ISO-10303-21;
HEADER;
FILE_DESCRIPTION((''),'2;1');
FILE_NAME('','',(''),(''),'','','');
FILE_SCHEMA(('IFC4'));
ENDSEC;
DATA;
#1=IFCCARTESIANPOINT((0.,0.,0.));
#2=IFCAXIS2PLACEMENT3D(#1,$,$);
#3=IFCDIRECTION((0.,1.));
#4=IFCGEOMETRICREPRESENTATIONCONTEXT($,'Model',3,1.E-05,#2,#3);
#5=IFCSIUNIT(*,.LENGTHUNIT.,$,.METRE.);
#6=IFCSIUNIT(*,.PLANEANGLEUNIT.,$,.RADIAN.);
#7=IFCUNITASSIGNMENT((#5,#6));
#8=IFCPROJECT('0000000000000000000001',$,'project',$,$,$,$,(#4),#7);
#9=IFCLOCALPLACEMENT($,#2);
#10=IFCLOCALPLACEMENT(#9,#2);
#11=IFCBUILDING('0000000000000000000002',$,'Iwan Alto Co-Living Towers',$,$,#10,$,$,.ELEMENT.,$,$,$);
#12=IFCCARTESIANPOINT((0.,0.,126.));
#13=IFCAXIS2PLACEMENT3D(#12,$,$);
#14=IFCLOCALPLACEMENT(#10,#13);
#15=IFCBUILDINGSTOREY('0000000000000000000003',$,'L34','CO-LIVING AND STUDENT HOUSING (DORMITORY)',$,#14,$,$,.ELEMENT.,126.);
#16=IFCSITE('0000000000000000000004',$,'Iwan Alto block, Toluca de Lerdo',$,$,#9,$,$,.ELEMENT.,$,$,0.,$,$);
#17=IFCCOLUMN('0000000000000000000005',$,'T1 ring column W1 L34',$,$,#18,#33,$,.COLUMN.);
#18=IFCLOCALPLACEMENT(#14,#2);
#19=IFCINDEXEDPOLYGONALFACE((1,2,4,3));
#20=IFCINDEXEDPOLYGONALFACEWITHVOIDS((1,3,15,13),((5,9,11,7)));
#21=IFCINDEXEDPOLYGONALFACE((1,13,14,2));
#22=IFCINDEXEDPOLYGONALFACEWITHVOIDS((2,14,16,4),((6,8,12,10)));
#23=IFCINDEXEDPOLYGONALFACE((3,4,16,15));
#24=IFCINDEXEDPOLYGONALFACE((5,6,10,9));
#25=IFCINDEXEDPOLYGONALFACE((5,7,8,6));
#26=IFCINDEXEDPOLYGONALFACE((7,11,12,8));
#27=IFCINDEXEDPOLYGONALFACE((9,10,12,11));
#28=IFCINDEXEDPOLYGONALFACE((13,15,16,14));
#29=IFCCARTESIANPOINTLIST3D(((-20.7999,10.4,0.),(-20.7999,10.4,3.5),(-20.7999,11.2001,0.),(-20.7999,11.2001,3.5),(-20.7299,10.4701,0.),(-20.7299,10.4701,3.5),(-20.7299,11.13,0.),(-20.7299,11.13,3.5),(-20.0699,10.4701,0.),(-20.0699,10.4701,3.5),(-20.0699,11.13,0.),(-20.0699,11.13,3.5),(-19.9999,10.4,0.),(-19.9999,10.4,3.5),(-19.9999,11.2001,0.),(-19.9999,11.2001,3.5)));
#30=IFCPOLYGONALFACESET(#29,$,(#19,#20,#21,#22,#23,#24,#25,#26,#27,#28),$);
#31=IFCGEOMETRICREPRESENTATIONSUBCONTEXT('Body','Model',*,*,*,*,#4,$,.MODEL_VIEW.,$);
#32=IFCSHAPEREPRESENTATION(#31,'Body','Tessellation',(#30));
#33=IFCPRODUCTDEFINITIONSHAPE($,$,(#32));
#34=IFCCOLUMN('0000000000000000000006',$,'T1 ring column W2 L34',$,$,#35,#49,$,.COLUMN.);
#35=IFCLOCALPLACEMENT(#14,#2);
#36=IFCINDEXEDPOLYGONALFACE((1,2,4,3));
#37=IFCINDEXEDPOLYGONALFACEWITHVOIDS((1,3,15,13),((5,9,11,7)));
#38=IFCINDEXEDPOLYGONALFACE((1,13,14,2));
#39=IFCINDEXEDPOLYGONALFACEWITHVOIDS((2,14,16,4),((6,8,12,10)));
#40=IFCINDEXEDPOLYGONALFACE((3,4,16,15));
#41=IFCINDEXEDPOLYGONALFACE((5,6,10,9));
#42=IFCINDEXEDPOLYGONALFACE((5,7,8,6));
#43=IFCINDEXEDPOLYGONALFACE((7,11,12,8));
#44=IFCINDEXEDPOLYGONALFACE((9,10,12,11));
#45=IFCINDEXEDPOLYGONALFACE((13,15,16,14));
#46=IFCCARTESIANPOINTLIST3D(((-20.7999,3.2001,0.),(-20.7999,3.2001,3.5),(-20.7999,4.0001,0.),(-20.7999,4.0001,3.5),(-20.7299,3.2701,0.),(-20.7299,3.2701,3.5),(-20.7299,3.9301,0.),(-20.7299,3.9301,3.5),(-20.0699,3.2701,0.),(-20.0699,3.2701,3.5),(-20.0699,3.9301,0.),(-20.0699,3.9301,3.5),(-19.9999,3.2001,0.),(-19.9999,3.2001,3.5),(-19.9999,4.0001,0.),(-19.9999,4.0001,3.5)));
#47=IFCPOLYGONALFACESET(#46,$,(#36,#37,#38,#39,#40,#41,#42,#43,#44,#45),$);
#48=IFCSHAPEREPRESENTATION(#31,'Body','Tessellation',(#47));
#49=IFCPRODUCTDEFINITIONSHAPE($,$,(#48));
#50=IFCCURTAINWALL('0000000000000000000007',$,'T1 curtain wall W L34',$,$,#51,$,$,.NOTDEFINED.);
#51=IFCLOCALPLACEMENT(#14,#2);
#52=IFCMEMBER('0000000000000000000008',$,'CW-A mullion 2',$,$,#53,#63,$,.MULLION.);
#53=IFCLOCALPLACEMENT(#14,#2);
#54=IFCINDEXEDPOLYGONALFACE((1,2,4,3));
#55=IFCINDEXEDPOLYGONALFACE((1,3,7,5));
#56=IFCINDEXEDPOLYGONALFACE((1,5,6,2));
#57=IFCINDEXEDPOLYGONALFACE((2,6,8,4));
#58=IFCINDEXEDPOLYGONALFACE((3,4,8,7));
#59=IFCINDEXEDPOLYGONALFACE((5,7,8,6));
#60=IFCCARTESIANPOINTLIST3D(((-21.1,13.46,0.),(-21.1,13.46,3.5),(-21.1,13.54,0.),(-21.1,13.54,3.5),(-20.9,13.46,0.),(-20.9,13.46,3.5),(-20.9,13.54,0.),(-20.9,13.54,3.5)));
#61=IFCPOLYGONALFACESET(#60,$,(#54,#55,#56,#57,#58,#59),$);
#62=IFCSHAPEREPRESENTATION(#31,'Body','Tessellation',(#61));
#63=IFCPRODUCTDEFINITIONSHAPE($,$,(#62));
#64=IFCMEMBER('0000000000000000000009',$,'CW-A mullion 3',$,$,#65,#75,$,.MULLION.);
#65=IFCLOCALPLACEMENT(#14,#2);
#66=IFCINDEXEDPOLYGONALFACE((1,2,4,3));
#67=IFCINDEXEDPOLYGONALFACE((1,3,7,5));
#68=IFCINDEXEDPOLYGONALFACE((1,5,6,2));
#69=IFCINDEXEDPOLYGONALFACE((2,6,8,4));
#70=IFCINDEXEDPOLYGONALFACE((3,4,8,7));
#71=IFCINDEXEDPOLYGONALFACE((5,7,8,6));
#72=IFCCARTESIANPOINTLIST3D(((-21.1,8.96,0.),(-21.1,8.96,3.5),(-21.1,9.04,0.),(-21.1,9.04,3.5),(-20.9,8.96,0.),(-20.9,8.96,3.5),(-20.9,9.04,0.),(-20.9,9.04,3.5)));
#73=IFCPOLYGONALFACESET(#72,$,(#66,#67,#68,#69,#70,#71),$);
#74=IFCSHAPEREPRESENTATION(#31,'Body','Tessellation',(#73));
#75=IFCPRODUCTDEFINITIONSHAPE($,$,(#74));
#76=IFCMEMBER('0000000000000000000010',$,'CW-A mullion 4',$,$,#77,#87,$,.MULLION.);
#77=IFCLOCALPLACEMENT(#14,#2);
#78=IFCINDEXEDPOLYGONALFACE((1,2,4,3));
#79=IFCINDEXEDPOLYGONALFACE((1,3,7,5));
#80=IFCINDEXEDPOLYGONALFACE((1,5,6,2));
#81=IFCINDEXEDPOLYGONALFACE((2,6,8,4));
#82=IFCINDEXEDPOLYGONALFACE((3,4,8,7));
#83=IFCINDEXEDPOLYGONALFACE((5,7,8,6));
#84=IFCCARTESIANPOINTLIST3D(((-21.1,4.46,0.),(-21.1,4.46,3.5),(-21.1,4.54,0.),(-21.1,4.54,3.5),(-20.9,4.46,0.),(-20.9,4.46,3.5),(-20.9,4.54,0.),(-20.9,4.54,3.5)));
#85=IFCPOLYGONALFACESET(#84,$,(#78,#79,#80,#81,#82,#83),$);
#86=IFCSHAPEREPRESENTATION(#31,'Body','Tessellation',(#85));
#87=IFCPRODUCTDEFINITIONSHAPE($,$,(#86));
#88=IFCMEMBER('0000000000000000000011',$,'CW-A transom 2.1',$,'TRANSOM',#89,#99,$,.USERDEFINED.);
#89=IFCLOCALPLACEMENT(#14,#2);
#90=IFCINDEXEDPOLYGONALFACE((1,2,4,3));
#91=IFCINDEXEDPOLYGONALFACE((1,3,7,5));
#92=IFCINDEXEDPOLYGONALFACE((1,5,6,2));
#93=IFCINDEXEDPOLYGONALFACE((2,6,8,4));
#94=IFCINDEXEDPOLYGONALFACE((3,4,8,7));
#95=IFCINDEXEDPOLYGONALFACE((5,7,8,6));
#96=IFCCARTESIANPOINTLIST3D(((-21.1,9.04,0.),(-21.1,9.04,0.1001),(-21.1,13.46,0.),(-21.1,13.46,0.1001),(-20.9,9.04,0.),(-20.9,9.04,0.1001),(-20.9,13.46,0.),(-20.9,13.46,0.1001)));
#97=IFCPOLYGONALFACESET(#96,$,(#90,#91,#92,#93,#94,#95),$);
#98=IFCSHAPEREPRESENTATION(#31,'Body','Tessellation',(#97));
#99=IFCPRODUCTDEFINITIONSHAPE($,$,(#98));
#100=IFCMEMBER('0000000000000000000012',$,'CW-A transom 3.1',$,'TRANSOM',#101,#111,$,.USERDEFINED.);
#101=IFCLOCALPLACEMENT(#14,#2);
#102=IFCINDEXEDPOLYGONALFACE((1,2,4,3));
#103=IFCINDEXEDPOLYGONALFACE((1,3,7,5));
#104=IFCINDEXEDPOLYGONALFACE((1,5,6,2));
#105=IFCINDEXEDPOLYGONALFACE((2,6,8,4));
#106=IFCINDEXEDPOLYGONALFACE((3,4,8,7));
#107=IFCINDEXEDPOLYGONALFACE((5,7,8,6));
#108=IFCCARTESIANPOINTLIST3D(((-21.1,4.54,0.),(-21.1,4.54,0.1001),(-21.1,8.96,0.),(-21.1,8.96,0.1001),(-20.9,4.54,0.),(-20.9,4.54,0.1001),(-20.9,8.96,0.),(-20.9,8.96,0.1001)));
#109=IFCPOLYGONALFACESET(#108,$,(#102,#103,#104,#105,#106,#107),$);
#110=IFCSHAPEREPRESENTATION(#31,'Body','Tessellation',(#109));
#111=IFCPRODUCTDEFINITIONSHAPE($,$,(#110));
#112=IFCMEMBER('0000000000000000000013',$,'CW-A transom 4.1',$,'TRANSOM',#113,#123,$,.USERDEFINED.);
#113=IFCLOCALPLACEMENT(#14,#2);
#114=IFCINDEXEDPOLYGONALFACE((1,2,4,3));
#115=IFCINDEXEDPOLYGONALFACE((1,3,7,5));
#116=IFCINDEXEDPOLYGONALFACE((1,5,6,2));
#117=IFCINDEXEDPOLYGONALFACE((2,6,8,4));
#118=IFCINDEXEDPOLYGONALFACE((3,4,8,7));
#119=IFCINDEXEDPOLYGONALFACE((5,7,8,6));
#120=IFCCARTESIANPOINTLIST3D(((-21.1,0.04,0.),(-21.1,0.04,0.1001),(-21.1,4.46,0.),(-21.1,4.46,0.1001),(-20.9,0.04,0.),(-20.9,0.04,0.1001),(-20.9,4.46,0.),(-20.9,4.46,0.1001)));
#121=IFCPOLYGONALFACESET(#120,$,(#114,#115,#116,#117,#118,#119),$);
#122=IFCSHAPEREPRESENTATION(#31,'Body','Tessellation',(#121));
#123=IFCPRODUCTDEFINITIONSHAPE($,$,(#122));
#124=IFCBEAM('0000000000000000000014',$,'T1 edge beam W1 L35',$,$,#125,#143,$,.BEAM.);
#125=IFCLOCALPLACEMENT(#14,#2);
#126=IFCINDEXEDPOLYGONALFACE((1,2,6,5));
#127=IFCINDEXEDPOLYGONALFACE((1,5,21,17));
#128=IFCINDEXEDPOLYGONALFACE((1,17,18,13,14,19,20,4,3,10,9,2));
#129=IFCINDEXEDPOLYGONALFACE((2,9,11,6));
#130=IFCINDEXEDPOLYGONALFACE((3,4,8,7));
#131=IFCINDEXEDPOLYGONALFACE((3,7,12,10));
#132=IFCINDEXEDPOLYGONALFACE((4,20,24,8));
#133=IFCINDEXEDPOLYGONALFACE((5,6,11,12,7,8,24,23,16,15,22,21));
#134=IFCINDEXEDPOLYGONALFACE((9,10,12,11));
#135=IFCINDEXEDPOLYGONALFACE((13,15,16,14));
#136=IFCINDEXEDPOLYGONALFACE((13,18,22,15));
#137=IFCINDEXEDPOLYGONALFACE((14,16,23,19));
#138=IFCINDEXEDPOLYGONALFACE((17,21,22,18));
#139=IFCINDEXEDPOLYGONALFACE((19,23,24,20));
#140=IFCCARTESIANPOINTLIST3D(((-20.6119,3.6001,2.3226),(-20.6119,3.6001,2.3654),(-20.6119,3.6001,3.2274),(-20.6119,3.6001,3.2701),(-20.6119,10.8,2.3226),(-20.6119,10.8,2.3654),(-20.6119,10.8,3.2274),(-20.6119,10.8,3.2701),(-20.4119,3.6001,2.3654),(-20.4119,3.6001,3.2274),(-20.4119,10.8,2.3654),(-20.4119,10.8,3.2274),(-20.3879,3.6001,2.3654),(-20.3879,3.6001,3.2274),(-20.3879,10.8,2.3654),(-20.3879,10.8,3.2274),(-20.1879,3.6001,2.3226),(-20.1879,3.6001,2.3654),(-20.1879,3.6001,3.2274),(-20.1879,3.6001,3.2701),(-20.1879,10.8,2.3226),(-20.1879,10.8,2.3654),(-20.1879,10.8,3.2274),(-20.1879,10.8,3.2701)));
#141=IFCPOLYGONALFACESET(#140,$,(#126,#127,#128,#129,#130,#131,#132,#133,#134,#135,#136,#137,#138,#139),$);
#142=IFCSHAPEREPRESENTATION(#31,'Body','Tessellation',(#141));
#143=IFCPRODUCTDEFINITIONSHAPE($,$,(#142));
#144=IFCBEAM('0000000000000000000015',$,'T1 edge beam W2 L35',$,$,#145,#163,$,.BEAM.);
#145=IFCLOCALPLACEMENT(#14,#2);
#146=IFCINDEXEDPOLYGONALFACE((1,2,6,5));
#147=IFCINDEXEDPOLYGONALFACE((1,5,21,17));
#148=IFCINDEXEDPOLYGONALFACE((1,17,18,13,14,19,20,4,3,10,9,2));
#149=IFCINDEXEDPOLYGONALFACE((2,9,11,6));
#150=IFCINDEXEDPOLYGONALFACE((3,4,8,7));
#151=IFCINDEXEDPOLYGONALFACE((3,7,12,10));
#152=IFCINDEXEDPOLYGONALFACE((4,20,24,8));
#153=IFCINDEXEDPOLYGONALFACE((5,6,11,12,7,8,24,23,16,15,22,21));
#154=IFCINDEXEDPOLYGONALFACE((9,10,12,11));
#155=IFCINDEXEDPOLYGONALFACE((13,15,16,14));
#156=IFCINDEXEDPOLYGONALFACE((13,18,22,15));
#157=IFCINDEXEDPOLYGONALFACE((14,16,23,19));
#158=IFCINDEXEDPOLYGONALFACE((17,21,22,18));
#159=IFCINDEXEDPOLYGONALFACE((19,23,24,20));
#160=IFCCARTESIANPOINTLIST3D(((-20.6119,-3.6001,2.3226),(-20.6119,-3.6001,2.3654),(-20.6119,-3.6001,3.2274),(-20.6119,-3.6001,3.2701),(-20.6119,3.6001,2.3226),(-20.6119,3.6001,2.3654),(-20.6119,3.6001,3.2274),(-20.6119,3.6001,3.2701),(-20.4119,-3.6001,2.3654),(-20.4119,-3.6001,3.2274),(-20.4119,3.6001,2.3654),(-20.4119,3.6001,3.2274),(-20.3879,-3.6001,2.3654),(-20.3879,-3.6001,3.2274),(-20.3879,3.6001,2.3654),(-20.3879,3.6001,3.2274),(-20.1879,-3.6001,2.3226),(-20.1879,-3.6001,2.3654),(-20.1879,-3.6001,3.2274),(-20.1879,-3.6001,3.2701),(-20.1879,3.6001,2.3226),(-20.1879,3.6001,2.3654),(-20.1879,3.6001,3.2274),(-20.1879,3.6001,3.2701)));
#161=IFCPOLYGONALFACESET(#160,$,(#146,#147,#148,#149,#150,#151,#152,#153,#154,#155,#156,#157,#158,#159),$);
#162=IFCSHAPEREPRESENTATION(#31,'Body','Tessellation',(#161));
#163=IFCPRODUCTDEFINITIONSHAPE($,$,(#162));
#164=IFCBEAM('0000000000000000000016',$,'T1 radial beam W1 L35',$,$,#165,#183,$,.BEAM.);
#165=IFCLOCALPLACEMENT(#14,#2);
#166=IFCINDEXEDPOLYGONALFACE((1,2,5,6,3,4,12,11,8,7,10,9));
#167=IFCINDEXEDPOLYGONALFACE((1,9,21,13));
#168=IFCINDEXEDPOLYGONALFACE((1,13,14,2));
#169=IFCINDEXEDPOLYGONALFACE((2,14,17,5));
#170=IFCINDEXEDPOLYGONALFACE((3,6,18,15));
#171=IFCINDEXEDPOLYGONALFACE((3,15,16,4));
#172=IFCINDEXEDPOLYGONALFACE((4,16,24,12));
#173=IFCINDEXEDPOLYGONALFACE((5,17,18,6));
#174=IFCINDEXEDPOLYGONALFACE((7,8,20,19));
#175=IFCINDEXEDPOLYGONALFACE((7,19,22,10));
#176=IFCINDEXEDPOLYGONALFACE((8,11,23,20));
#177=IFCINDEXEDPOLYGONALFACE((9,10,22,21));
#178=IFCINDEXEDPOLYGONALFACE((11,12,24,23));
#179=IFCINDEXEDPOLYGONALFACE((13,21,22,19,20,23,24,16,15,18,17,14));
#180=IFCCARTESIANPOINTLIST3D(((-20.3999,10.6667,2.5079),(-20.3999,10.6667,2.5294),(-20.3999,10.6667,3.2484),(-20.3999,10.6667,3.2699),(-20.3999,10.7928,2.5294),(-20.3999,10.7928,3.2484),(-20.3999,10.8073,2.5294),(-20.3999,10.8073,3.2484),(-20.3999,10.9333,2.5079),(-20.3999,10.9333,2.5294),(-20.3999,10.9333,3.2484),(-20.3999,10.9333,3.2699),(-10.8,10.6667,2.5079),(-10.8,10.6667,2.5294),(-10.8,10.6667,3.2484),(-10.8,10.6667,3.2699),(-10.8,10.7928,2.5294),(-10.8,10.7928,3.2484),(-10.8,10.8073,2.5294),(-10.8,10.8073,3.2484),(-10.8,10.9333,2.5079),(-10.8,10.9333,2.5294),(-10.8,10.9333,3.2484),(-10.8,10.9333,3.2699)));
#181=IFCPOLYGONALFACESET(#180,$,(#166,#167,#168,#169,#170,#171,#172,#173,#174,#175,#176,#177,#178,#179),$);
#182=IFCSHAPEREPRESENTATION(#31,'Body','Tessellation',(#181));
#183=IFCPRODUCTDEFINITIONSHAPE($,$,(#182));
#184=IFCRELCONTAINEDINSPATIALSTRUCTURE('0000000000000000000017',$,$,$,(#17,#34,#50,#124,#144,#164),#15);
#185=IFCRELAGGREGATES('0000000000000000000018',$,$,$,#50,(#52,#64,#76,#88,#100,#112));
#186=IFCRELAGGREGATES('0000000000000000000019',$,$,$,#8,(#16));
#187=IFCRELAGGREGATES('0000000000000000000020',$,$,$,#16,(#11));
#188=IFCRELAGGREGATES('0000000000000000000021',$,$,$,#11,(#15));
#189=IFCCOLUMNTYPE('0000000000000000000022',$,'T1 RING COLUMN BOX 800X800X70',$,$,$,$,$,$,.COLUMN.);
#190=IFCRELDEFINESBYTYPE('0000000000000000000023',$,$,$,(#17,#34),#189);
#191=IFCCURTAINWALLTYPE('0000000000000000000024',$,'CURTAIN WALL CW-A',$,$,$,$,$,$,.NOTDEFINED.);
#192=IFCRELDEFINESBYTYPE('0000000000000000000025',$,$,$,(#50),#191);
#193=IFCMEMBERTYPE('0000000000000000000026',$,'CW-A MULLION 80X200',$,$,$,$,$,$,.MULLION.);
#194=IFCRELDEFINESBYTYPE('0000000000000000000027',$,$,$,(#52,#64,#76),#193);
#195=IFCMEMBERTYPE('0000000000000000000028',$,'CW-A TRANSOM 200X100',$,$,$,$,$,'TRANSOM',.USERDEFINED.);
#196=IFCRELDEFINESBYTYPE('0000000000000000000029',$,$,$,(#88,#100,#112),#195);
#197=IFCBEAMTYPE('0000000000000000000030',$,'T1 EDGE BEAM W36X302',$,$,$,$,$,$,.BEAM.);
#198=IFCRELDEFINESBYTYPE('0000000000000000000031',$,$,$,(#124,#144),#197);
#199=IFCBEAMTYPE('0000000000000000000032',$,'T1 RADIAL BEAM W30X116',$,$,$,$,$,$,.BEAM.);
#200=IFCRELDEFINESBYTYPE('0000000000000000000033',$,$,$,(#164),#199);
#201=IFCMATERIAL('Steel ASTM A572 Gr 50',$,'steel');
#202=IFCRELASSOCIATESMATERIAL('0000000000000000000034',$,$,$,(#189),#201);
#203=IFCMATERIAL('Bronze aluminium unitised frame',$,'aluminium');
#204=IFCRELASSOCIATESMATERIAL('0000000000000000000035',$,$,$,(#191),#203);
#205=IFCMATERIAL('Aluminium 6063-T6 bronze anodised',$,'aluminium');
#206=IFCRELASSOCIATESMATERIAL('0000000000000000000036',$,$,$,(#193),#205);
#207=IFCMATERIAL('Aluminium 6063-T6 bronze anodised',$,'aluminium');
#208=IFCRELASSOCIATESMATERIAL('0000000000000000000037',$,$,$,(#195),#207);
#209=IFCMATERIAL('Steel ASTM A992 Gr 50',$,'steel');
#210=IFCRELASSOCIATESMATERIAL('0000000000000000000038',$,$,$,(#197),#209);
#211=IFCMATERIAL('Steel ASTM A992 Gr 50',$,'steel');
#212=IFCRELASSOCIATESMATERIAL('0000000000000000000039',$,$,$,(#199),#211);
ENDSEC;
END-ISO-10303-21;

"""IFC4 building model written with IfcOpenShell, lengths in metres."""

from ifc_helpers import new_model, si_unit, direction, frame, origin, origin_2d, place, context, subcontext, project, spatial, rectangle, hollow_rectangle, i_section, extrude, material, material_profile, profile_set, type_object, element, aggregate, save


model = new_model("IFC4")

# Units and contexts
model_context = context("Model", 3, precision=1e-05, world=origin(), true_north=direction((0.0, 1.0)))
body_context = subcontext(model_context, "Body", "Model", "MODEL_VIEW")
ifc_project = project(units=[si_unit("LENGTHUNIT", "METRE"), si_unit("PLANEANGLEUNIT", "RADIAN")], contexts=[model_context])

# Site, building, storey
site_placement = place(None, origin())
site = spatial("IfcSite", under=ifc_project, at=site_placement, Name="Iwan Alto block, Toluca de Lerdo", CompositionType="ELEMENT", RefElevation=0.0)
building_placement = place(site_placement, origin())
building = spatial("IfcBuilding", under=site, at=building_placement, Name="Iwan Alto Co-Living Towers", CompositionType="ELEMENT")
storey_placement = place(building_placement, frame((0.0, 0.0, 126.0)))
storey = spatial("IfcBuildingStorey", under=building, at=storey_placement, Name="L34", Description="CO-LIVING AND STUDENT HOUSING (DORMITORY)", CompositionType="ELEMENT", Elevation=126.0)

# Columns
ifc_material_1 = material(Name="Steel ASTM A572 Gr 50", Category="steel")
ifc_material_profile_1 = material_profile(ifc_material_1, hollow_rectangle(XDim=0.8, YDim=0.8, WallThickness=0.0701, at=origin_2d()), Name="BOX 800X800X70")
ifc_profile_set_1 = profile_set([ifc_material_profile_1], Name="Steel ASTM A572 Gr 50")
column_type = type_object("IfcColumnType", Name="T1 RING COLUMN BOX 800X800X70", PredefinedType="COLUMN", material=ifc_profile_set_1)
for number, where, z_axis, x_axis, name in (
    (1, (-20.3999, 10.8, 0.0), (0.0, 0.0, 1.0), (1.0, 0.0, 0.0), "T1 ring column W1 L34"),
    (2, (-20.3999, 3.6001, 0.0), (0.0, 0.0, 1.0), (1.0, 0.0, 0.0), "T1 ring column W2 L34"),
):
    element("IfcColumn", number, at=place(storey_placement, frame(where, z_axis=z_axis, x_axis=x_axis)), inside=storey, type_object=column_type, Name=name, PredefinedType="COLUMN", context=body_context, shape_type="SweptSolid", body=[
        extrude(hollow_rectangle(XDim=0.8, YDim=0.8, WallThickness=0.0701, at=origin_2d()), origin(), (0.0, 0.0, 1.0), 3.5),
    ])

# Curtain wall, members
ifc_material_2 = material(Name="Bronze aluminium unitised frame", Category="aluminium")
curtain_wall_type = type_object("IfcCurtainWallType", Name="CURTAIN WALL CW-A", PredefinedType="NOTDEFINED", material=ifc_material_2)
curtain_wall_placement = place(storey_placement, origin())
curtain_wall = element("IfcCurtainWall", 3, at=curtain_wall_placement, inside=storey, type_object=curtain_wall_type, Name="T1 curtain wall W L34", PredefinedType="NOTDEFINED")
ifc_material_3 = material(Name="Aluminium 6063-T6 bronze anodised", Category="aluminium")
ifc_material_profile_2 = material_profile(ifc_material_3, rectangle(XDim=0.2, YDim=0.0801, at=origin_2d()), Name="AL 80X200")
ifc_profile_set_2 = profile_set([ifc_material_profile_2], Name="Aluminium 6063-T6 bronze anodised")
member_type_1 = type_object("IfcMemberType", Name="CW-A MULLION 80X200", PredefinedType="MULLION", material=ifc_profile_set_2)
member_1_placement = place(storey_placement, frame((-21.0, 13.5, 0.0), z_axis=(0.0, 0.0, 1.0), x_axis=(1.0, 0.0, 0.0)))
member_1 = element("IfcMember", 4, at=member_1_placement, type_object=member_type_1, Name="CW-A mullion 2", PredefinedType="MULLION", context=body_context, shape_type="SweptSolid", body=[
    extrude(rectangle(XDim=0.2, YDim=0.0801, at=origin_2d()), origin(), (0.0, 0.0, 1.0), 3.5),
])
member_2_placement = place(storey_placement, frame((-21.0, 9.0, 0.0), z_axis=(0.0, 0.0, 1.0), x_axis=(1.0, 0.0, 0.0)))
member_2 = element("IfcMember", 5, at=member_2_placement, type_object=member_type_1, Name="CW-A mullion 3", PredefinedType="MULLION", context=body_context, shape_type="SweptSolid", body=[
    extrude(rectangle(XDim=0.2, YDim=0.0801, at=origin_2d()), origin(), (0.0, 0.0, 1.0), 3.5),
])
member_3_placement = place(storey_placement, frame((-21.0, 4.5, 0.0), z_axis=(0.0, 0.0, 1.0), x_axis=(1.0, 0.0, 0.0)))
member_3 = element("IfcMember", 6, at=member_3_placement, type_object=member_type_1, Name="CW-A mullion 4", PredefinedType="MULLION", context=body_context, shape_type="SweptSolid", body=[
    extrude(rectangle(XDim=0.2, YDim=0.0801, at=origin_2d()), origin(), (0.0, 0.0, 1.0), 3.5),
])
ifc_material_4 = material(Name="Aluminium 6063-T6 bronze anodised", Category="aluminium")
ifc_material_profile_3 = material_profile(ifc_material_4, rectangle(XDim=0.2, YDim=0.1001, at=origin_2d()), Name="AL 200X100")
ifc_profile_set_3 = profile_set([ifc_material_profile_3], Name="Aluminium 6063-T6 bronze anodised")
member_type_2 = type_object("IfcMemberType", Name="CW-A TRANSOM 200X100", ElementType="TRANSOM", PredefinedType="USERDEFINED", material=ifc_profile_set_3)
member_4_placement = place(storey_placement, frame((-21.0, 13.46, 0.05), z_axis=(0.0, -1.0, 0.0), x_axis=(1.0, 0.0, 0.0)))
member_4 = element("IfcMember", 7, at=member_4_placement, type_object=member_type_2, Name="CW-A transom 2.1", ObjectType="TRANSOM", PredefinedType="USERDEFINED", context=body_context, shape_type="SweptSolid", body=[
    extrude(rectangle(XDim=0.2, YDim=0.1001, at=origin_2d()), origin(), (0.0, 0.0, 1.0), 4.4199),
])
member_5_placement = place(storey_placement, frame((-21.0, 8.96, 0.05), z_axis=(0.0, -1.0, 0.0), x_axis=(1.0, 0.0, 0.0)))
member_5 = element("IfcMember", 8, at=member_5_placement, type_object=member_type_2, Name="CW-A transom 3.1", ObjectType="TRANSOM", PredefinedType="USERDEFINED", context=body_context, shape_type="SweptSolid", body=[
    extrude(rectangle(XDim=0.2, YDim=0.1001, at=origin_2d()), origin(), (0.0, 0.0, 1.0), 4.4199),
])
member_6_placement = place(storey_placement, frame((-21.0, 4.46, 0.05), z_axis=(0.0, -1.0, 0.0), x_axis=(1.0, 0.0, 0.0)))
member_6 = element("IfcMember", 9, at=member_6_placement, type_object=member_type_2, Name="CW-A transom 4.1", ObjectType="TRANSOM", PredefinedType="USERDEFINED", context=body_context, shape_type="SweptSolid", body=[
    extrude(rectangle(XDim=0.2, YDim=0.1001, at=origin_2d()), origin(), (0.0, 0.0, 1.0), 4.4199),
])

# Beams
ifc_material_5 = material(Name="Steel ASTM A992 Gr 50", Category="steel")
ifc_material_profile_4 = material_profile(ifc_material_5, i_section(OverallWidth=0.4241, OverallDepth=0.9475, WebThickness=0.0239, FlangeThickness=0.0427, at=origin_2d()), Name="W36X302")
ifc_profile_set_4 = profile_set([ifc_material_profile_4], Name="Steel ASTM A992 Gr 50")
beam_type_1 = type_object("IfcBeamType", Name="T1 EDGE BEAM W36X302", PredefinedType="BEAM", material=ifc_profile_set_4)
beam_1_placement = place(storey_placement, frame((-20.3999, 10.8, 2.7964), z_axis=(0.0, -1.0, 0.0), x_axis=(1.0, 0.0, 0.0)))
element("IfcBeam", 10, at=beam_1_placement, inside=storey, type_object=beam_type_1, Name="T1 edge beam W1 L35", PredefinedType="BEAM", context=body_context, shape_type="SweptSolid", body=[
    extrude(i_section(OverallWidth=0.4241, OverallDepth=0.9475, WebThickness=0.0239, FlangeThickness=0.0427, at=origin_2d()), origin(), (0.0, 0.0, 1.0), 7.2),
])
beam_2_placement = place(storey_placement, frame((-20.3999, 3.6001, 2.7964), z_axis=(0.0, -1.0, 0.0), x_axis=(1.0, 0.0, 0.0)))
element("IfcBeam", 11, at=beam_2_placement, inside=storey, type_object=beam_type_1, Name="T1 edge beam W2 L35", PredefinedType="BEAM", context=body_context, shape_type="SweptSolid", body=[
    extrude(i_section(OverallWidth=0.4241, OverallDepth=0.9475, WebThickness=0.0239, FlangeThickness=0.0427, at=origin_2d()), origin(), (0.0, 0.0, 1.0), 7.2002),
])
ifc_material_6 = material(Name="Steel ASTM A992 Gr 50", Category="steel")
ifc_material_profile_5 = material_profile(ifc_material_6, i_section(OverallWidth=0.2666, OverallDepth=0.762, WebThickness=0.0144, FlangeThickness=0.0215, at=origin_2d()), Name="W30X116")
ifc_profile_set_5 = profile_set([ifc_material_profile_5], Name="Steel ASTM A992 Gr 50")
beam_type_2 = type_object("IfcBeamType", Name="T1 RADIAL BEAM W30X116", PredefinedType="BEAM", material=ifc_profile_set_5)
beam_3_placement = place(storey_placement, frame((-20.3999, 10.8, 2.8889), z_axis=(1.0, 0.0, 0.0), x_axis=(0.0, 1.0, 0.0)))
element("IfcBeam", 12, at=beam_3_placement, inside=storey, type_object=beam_type_2, Name="T1 radial beam W1 L35", PredefinedType="BEAM", context=body_context, shape_type="SweptSolid", body=[
    extrude(i_section(OverallWidth=0.2666, OverallDepth=0.762, WebThickness=0.0144, FlangeThickness=0.0215, at=origin_2d()), origin(), (0.0, 0.0, 1.0), 9.5999),
])

aggregate(curtain_wall, [member_1, member_2, member_3, member_4, member_5, member_6])

save(model, "model.ifc")
